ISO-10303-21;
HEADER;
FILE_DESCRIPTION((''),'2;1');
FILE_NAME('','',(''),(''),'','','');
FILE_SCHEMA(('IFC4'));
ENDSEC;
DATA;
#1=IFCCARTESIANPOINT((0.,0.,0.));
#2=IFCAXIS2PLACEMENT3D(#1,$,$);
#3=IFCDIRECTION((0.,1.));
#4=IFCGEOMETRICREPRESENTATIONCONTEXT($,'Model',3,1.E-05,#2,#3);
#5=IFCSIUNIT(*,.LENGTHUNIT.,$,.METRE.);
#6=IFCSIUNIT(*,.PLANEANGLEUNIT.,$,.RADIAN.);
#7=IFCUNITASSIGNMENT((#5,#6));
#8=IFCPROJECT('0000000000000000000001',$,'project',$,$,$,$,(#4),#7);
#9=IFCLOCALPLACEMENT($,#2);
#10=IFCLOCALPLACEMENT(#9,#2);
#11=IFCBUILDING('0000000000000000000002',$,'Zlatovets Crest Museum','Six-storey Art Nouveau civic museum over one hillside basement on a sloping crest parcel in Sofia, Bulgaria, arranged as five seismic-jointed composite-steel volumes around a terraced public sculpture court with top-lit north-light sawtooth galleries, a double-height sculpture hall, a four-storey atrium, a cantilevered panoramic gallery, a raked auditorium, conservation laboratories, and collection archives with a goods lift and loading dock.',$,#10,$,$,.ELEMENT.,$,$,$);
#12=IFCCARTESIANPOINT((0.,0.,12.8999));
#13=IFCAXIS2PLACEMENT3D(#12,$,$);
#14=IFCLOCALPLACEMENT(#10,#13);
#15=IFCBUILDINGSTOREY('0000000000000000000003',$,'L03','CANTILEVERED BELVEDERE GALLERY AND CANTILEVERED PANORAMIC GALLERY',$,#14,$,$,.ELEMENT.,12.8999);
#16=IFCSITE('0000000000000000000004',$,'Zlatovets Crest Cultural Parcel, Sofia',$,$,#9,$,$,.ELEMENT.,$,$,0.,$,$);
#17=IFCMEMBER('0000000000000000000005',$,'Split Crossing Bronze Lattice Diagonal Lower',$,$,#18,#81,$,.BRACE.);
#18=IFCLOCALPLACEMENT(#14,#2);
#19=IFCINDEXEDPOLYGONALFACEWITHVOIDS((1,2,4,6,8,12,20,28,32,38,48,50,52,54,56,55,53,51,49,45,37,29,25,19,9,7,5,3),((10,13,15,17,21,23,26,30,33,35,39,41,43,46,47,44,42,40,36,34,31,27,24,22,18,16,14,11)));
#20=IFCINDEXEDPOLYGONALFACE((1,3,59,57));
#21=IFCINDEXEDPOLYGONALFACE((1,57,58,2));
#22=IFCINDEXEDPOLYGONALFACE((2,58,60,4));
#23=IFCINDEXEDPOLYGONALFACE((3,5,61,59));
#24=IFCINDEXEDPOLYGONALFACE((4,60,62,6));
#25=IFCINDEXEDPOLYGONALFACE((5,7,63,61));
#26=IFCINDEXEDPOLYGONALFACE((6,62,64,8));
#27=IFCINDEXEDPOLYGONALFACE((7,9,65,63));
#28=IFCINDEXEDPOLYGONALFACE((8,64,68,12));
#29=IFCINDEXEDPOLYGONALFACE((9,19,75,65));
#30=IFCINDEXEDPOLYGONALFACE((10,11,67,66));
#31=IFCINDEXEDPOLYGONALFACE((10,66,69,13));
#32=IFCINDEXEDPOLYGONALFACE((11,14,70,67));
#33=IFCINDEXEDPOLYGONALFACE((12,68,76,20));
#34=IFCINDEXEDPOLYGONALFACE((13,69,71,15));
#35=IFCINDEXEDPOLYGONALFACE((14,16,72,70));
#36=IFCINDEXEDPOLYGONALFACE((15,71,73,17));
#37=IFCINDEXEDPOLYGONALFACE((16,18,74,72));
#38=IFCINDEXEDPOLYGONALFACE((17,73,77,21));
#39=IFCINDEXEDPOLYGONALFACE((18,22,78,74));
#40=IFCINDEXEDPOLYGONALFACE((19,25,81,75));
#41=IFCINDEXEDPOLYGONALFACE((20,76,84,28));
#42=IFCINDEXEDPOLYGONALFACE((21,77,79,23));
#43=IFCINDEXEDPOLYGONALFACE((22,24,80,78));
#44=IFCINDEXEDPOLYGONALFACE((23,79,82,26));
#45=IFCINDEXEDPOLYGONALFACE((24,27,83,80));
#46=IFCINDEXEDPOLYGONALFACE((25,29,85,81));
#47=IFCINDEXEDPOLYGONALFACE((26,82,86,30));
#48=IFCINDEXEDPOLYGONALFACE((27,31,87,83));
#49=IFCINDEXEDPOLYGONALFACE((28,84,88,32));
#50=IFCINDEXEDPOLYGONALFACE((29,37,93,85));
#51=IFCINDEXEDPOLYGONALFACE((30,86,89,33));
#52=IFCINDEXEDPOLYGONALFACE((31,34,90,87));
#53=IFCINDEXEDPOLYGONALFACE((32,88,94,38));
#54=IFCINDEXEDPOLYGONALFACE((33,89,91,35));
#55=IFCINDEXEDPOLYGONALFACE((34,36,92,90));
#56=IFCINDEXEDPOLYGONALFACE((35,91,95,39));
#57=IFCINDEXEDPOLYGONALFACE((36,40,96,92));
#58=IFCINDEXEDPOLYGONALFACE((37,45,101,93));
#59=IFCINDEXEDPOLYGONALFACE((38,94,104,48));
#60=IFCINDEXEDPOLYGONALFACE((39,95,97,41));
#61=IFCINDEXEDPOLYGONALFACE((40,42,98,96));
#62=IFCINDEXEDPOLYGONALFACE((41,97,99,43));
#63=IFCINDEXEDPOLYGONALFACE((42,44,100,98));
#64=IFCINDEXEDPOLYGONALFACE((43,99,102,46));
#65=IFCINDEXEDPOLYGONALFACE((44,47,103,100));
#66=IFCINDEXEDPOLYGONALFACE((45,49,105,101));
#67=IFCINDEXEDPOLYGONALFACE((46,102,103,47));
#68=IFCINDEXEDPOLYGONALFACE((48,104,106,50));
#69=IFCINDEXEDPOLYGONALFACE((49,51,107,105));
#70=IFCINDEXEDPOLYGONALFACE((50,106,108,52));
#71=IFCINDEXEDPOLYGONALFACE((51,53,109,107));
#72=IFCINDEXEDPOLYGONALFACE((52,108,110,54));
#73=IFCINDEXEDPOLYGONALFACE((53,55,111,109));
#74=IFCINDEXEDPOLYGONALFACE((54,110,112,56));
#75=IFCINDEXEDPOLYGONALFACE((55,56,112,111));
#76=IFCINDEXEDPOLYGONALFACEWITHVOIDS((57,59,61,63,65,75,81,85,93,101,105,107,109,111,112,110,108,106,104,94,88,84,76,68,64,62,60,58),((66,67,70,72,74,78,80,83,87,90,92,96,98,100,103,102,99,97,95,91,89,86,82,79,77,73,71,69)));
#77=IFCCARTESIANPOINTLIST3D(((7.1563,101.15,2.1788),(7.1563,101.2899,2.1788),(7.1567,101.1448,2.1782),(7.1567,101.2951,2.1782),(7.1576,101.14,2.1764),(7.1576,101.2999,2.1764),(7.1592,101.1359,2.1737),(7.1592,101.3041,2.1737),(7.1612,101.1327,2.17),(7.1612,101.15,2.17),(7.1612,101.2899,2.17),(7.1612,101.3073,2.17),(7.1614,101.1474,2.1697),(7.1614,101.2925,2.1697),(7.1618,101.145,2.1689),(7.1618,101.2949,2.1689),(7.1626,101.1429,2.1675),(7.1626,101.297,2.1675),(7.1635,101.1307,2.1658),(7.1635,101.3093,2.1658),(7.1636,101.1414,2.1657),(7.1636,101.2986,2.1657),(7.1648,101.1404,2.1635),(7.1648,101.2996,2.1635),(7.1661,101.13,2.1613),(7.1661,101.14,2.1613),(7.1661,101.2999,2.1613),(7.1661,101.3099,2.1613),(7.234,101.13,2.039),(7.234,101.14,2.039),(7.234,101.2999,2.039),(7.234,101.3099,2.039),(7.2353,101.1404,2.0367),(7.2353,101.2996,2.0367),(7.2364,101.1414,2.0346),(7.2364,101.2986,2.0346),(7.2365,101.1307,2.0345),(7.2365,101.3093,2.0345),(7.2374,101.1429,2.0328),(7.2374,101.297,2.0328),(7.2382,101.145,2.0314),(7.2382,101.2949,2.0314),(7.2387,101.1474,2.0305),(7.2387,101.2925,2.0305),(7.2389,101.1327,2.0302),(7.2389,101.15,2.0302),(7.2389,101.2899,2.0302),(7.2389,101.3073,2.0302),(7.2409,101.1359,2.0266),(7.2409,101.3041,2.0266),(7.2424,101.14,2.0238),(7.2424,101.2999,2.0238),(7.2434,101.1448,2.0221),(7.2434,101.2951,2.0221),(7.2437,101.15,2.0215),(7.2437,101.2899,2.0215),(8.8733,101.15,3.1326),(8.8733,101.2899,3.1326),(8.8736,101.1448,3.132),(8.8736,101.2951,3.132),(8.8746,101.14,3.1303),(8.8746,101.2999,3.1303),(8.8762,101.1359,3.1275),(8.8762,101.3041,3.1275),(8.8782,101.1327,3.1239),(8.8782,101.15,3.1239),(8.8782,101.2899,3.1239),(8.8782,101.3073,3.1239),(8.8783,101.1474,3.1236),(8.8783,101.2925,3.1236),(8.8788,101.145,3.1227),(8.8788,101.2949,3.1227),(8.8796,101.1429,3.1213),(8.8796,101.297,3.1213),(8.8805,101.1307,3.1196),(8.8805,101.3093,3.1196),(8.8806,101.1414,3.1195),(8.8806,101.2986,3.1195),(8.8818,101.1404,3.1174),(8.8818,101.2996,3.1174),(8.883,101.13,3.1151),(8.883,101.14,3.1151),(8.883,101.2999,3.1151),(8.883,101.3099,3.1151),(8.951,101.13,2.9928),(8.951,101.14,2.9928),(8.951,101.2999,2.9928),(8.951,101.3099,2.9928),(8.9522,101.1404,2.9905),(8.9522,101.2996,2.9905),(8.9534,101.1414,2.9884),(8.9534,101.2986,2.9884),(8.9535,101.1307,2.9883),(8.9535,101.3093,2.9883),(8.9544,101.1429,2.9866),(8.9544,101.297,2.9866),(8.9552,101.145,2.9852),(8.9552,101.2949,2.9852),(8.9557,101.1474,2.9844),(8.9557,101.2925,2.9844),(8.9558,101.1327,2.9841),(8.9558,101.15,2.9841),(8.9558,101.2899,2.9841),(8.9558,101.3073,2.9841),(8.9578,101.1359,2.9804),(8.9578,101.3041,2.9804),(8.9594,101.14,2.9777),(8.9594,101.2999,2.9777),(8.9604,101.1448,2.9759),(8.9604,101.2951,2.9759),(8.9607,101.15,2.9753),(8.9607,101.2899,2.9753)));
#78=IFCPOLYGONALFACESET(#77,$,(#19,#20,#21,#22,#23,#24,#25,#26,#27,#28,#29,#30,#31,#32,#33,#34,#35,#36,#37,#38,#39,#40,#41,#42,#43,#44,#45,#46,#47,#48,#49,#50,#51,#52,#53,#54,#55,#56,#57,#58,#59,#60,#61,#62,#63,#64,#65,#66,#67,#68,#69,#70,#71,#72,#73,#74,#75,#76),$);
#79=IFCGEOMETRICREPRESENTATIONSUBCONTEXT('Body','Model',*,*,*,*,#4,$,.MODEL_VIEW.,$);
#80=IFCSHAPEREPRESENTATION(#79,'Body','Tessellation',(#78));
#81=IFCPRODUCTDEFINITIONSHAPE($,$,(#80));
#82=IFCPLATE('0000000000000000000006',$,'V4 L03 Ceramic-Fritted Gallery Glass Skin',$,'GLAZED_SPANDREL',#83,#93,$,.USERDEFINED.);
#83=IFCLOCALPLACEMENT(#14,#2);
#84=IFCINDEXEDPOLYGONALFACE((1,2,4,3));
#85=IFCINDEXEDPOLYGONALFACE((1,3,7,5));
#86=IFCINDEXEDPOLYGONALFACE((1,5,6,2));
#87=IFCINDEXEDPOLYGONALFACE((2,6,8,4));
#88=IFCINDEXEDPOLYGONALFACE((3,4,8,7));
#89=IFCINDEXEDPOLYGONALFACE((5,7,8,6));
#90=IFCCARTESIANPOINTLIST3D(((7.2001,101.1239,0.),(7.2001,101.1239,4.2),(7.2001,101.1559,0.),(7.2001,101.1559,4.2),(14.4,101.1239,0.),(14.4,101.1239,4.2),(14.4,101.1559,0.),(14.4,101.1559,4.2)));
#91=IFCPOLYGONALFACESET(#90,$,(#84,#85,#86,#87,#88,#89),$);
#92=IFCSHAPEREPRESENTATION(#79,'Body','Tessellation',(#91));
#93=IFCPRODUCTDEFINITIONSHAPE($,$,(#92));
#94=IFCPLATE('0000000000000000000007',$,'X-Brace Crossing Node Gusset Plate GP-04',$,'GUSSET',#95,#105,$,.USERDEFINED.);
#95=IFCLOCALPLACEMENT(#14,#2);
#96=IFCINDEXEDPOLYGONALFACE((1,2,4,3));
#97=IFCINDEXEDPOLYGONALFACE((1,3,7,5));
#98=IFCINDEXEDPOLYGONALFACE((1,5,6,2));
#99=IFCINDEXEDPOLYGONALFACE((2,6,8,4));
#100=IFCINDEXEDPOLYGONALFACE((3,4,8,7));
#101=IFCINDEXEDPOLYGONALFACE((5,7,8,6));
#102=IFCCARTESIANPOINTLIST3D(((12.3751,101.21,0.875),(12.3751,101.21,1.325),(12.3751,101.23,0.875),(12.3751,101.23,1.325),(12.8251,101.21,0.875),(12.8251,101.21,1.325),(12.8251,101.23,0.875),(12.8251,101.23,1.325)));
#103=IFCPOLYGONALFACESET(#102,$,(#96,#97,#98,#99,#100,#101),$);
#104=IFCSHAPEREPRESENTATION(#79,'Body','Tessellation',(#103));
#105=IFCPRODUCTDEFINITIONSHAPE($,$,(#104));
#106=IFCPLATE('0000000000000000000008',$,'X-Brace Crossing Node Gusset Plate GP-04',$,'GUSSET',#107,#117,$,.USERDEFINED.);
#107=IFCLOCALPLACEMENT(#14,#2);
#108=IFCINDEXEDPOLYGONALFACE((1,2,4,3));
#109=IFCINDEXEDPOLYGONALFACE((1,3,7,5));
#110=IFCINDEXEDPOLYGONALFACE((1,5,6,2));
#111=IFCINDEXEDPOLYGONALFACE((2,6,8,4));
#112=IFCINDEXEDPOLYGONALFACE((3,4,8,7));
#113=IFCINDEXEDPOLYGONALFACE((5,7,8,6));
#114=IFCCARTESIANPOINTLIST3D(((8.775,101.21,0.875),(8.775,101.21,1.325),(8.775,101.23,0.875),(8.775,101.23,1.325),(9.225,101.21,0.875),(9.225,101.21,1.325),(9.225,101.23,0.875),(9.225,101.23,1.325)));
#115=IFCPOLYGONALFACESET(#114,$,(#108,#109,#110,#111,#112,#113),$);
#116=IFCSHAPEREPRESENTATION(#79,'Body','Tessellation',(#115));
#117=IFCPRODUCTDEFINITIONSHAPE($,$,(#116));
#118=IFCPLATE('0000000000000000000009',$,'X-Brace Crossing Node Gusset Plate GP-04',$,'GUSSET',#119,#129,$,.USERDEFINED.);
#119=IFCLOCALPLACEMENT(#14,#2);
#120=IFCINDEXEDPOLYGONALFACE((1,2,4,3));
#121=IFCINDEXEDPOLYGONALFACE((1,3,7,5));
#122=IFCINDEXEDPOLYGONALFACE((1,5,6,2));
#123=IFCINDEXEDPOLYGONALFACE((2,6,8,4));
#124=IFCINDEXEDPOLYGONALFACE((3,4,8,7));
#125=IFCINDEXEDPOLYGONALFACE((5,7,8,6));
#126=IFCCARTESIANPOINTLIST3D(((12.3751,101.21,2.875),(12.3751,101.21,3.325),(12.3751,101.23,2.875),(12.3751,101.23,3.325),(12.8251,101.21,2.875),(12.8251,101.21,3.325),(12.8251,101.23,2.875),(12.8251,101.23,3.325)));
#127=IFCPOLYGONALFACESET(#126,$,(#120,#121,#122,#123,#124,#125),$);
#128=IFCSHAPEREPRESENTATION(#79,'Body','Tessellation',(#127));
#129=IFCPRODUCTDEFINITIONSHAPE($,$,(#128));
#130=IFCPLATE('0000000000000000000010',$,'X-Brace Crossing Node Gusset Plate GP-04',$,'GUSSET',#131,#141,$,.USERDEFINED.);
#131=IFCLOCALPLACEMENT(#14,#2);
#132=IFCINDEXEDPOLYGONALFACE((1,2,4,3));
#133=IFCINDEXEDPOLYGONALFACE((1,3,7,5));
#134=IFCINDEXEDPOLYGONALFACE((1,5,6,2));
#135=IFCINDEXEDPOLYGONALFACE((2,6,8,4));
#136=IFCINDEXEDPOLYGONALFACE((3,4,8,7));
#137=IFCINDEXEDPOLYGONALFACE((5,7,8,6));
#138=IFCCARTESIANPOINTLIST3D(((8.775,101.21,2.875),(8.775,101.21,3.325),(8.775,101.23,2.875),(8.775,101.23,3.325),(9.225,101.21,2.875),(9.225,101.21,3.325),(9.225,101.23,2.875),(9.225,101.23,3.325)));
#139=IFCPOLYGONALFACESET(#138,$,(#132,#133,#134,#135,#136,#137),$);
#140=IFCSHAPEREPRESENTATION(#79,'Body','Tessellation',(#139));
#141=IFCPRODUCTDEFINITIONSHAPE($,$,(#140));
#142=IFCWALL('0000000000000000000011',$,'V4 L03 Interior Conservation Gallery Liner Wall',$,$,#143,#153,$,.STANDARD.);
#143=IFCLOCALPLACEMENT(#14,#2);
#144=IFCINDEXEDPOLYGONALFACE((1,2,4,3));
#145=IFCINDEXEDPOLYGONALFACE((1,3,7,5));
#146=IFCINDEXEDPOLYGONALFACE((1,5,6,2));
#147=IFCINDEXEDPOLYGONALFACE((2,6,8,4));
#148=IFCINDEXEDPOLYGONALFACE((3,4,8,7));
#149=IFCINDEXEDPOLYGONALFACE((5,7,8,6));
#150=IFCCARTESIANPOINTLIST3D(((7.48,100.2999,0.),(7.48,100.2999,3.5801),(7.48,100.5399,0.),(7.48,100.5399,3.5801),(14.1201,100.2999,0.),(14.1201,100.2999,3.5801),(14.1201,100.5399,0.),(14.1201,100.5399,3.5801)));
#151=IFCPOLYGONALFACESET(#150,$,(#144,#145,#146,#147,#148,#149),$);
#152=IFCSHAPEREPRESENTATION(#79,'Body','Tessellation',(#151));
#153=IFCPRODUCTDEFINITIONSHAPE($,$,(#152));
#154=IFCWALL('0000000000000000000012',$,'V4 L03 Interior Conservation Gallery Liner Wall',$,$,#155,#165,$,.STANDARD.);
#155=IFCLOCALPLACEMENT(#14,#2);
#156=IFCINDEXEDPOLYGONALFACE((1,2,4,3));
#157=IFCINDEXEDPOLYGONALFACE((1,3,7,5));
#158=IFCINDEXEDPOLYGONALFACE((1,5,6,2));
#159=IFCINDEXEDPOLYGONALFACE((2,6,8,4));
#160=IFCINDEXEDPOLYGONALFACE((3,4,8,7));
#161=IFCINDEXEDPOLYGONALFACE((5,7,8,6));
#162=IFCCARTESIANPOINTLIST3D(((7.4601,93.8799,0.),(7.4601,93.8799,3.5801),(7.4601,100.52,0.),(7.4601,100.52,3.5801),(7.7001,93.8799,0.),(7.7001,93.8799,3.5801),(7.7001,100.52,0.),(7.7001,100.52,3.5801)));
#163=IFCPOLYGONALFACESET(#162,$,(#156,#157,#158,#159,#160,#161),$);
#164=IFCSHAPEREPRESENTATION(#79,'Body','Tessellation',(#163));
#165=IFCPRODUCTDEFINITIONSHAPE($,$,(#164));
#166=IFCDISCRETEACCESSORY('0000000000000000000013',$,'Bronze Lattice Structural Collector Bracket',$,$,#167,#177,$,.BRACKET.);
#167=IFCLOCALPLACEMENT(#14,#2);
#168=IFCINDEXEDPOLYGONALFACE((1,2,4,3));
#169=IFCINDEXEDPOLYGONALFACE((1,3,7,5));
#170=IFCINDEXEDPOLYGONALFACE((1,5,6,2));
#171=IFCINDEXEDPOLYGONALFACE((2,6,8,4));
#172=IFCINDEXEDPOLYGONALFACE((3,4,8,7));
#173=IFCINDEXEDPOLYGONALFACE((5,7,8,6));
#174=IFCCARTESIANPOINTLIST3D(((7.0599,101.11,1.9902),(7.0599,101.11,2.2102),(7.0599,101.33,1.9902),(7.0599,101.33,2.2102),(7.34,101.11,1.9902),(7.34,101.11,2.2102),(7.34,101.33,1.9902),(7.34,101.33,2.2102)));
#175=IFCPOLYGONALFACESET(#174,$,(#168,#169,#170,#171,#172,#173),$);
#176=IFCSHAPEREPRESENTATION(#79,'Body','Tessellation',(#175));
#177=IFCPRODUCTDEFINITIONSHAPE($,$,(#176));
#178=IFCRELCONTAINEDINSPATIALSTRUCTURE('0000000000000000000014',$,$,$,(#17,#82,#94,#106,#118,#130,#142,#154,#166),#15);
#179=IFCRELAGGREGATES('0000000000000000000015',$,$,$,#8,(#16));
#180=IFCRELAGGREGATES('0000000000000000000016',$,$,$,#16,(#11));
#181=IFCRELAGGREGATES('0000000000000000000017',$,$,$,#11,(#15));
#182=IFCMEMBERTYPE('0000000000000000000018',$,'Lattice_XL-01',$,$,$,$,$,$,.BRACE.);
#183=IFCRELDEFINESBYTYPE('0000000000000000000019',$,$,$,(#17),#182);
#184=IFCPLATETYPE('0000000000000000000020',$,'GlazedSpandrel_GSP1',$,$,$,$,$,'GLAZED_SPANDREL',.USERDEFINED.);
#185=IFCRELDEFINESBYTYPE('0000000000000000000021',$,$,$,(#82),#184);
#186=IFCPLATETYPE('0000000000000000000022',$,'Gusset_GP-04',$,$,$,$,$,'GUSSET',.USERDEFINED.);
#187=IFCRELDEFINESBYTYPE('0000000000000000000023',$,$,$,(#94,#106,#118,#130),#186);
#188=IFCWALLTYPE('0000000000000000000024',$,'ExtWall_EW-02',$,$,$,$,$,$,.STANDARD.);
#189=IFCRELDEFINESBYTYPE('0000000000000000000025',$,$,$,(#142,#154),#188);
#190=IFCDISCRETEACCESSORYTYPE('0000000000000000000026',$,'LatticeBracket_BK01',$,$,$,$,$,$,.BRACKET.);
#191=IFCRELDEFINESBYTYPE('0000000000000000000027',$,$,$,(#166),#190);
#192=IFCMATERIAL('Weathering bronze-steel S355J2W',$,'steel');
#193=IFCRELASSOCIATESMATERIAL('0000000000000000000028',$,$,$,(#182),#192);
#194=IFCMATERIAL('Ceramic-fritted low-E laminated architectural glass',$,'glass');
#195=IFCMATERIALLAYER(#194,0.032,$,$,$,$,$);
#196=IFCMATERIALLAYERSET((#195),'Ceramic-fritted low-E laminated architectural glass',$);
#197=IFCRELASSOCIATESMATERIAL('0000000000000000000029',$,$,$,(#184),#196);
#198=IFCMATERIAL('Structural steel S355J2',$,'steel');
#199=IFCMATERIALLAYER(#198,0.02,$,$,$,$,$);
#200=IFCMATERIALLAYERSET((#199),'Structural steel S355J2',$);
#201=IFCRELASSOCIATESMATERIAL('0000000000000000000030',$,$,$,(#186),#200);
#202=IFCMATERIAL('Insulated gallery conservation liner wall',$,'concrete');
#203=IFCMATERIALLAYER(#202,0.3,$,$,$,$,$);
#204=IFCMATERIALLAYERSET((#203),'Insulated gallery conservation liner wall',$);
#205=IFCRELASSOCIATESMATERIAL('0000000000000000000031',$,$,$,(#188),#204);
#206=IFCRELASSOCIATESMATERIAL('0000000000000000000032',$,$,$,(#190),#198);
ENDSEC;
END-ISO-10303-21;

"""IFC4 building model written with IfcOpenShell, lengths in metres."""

from ifc_helpers import new_model, si_unit, direction, frame, frame_2d, origin, origin_2d, place, context, subcontext, project, spatial, rectangle, hollow_rectangle, extrude, material, layer, layer_set, material_profile, profile_set, type_object, element, save


model = new_model("IFC4")

# Units and contexts
model_context = context("Model", 3, precision=1e-05, world=origin(), true_north=direction((0.0, 1.0)))
body_context = subcontext(model_context, "Body", "Model", "MODEL_VIEW")
ifc_project = project(units=[si_unit("LENGTHUNIT", "METRE"), si_unit("PLANEANGLEUNIT", "RADIAN")], contexts=[model_context])

# Site, building, storey
site_placement = place(None, origin())
site = spatial("IfcSite", under=ifc_project, at=site_placement, Name="Zlatovets Crest Cultural Parcel, Sofia", CompositionType="ELEMENT", RefElevation=0.0)
building_placement = place(site_placement, origin())
building = spatial("IfcBuilding", under=site, at=building_placement, Name="Zlatovets Crest Museum", Description="Six-storey Art Nouveau civic museum over one hillside basement on a sloping crest parcel in Sofia, Bulgaria, arranged as five seismic-jointed composite-steel volumes around a terraced public sculpture court with top-lit north-light sawtooth galleries, a double-height sculpture hall, a four-storey atrium, a cantilevered panoramic gallery, a raked auditorium, conservation laboratories, and collection archives with a goods lift and loading dock.", CompositionType="ELEMENT")
storey_placement = place(building_placement, frame((0.0, 0.0, 12.8999)))
storey = spatial("IfcBuildingStorey", under=building, at=storey_placement, Name="L03", Description="CANTILEVERED BELVEDERE GALLERY AND CANTILEVERED PANORAMIC GALLERY", CompositionType="ELEMENT", Elevation=12.8999)

# Shared definitions
ifc_material_1 = material(Name="Structural steel S355J2", Category="steel")

# Member
ifc_material_2 = material(Name="Weathering bronze-steel S355J2W", Category="steel")
ifc_material_profile_1 = material_profile(ifc_material_2, hollow_rectangle(XDim=0.1799, YDim=0.1799, WallThickness=0.01, InnerFilletRadius=0.01, OuterFilletRadius=0.02, at=origin_2d()), Name="SHS 180x180x10.0")
ifc_profile_set_1 = profile_set([ifc_material_profile_1], Name="Weathering bronze-steel S355J2W")
member_type = type_object("IfcMemberType", Name="Lattice_XL-01", PredefinedType="BRACE", material=ifc_profile_set_1)
for number, where, z_axis, x_axis, name in (
    (1, (8.917, 101.22, 3.054), (-0.874169, 0.0, -0.485622), (0.0, -1.0, 0.0), "Split Crossing Bronze Lattice Diagonal Lower"),
):
    element("IfcMember", number, at=place(storey_placement, frame(where, z_axis=z_axis, x_axis=x_axis)), inside=storey, type_object=member_type, Name=name, PredefinedType="BRACE", context=body_context, shape_type="SweptSolid", body=[
        extrude(hollow_rectangle(XDim=0.1799, YDim=0.1799, WallThickness=0.01, InnerFilletRadius=0.01, OuterFilletRadius=0.02, at=origin_2d()), origin(), (0.0, 0.0, 1.0), 1.9641),
    ])

# Plates
ifc_material_3 = material(Name="Ceramic-fritted low-E laminated architectural glass", Category="glass")
ifc_layer_1 = layer(ifc_material_3, 0.032)
ifc_layer_set_1 = layer_set([ifc_layer_1], Name="Ceramic-fritted low-E laminated architectural glass")
plate_type_1 = type_object("IfcPlateType", Name="GlazedSpandrel_GSP1", ElementType="GLAZED_SPANDREL", PredefinedType="USERDEFINED", material=ifc_layer_set_1)
plate_placement = place(storey_placement, frame((10.8, 101.1399, 0.0), z_axis=(0.0, 0.0, 1.0), x_axis=(1.0, 0.0, 0.0)))
element("IfcPlate", 2, at=plate_placement, inside=storey, type_object=plate_type_1, Name="V4 L03 Ceramic-Fritted Gallery Glass Skin", ObjectType="GLAZED_SPANDREL", PredefinedType="USERDEFINED", context=body_context, shape_type="SweptSolid", body=[
    extrude(rectangle(XDim=7.2, YDim=0.032, at=origin_2d()), origin(), (0.0, 0.0, 1.0), 4.2),
])
ifc_layer_2 = layer(ifc_material_1, 0.02)
ifc_layer_set_2 = layer_set([ifc_layer_2], Name="Structural steel S355J2")
plate_type_2 = type_object("IfcPlateType", Name="Gusset_GP-04", ElementType="GUSSET", PredefinedType="USERDEFINED", material=ifc_layer_set_2)
for number, where, z_axis, x_axis, name in (
    (3, (12.6001, 101.22, 0.875), (0.0, 0.0, 1.0), (1.0, 0.0, 0.0), "X-Brace Crossing Node Gusset Plate GP-04"),
    (4, (9.0, 101.22, 0.875), (0.0, 0.0, 1.0), (1.0, 0.0, 0.0), "X-Brace Crossing Node Gusset Plate GP-04"),
    (5, (12.6001, 101.22, 2.875), (0.0, 0.0, 1.0), (1.0, 0.0, 0.0), "X-Brace Crossing Node Gusset Plate GP-04"),
    (6, (9.0, 101.22, 2.875), (0.0, 0.0, 1.0), (1.0, 0.0, 0.0), "X-Brace Crossing Node Gusset Plate GP-04"),
):
    element("IfcPlate", number, at=place(storey_placement, frame(where, z_axis=z_axis, x_axis=x_axis)), inside=storey, type_object=plate_type_2, Name=name, ObjectType="GUSSET", PredefinedType="USERDEFINED", context=body_context, shape_type="SweptSolid", body=[
        extrude(rectangle(XDim=0.45, YDim=0.02, at=origin_2d()), origin(), (0.0, 0.0, 1.0), 0.45),
    ])

# Walls
ifc_material_4 = material(Name="Insulated gallery conservation liner wall", Category="concrete")
ifc_layer_3 = layer(ifc_material_4, 0.3)
ifc_layer_set_3 = layer_set([ifc_layer_3], Name="Insulated gallery conservation liner wall")
wall_type = type_object("IfcWallType", Name="ExtWall_EW-02", PredefinedType="STANDARD", material=ifc_layer_set_3)
for number, where, z_axis, x_axis, name in (
    (7, (14.1201, 100.4199, 0.0), (0.0, 0.0, 1.0), (-1.0, 0.0, 0.0), "V4 L03 Interior Conservation Gallery Liner Wall"),
    (8, (7.5801, 100.52, 0.0), (0.0, 0.0, 1.0), (0.0, -1.0, 0.0), "V4 L03 Interior Conservation Gallery Liner Wall"),
):
    element("IfcWall", number, at=place(storey_placement, frame(where, z_axis=z_axis, x_axis=x_axis)), inside=storey, type_object=wall_type, Name=name, PredefinedType="STANDARD", context=body_context, shape_type="SweptSolid", body=[
        extrude(rectangle(XDim=6.6401, YDim=0.24, at=frame_2d((3.3201, 0.0))), origin(), (0.0, 0.0, 1.0), 3.5801),
    ])

# Discrete accessory
discrete_accessory_type = type_object("IfcDiscreteAccessoryType", Name="LatticeBracket_BK01", PredefinedType="BRACKET", material=ifc_material_1)
discrete_accessory_placement = place(storey_placement, frame((7.2, 101.22, 1.9902), z_axis=(0.0, 0.0, 1.0), x_axis=(1.0, 0.0, 0.0)))
element("IfcDiscreteAccessory", 9, at=discrete_accessory_placement, inside=storey, type_object=discrete_accessory_type, Name="Bronze Lattice Structural Collector Bracket", PredefinedType="BRACKET", context=body_context, shape_type="SweptSolid", body=[
    extrude(rectangle(XDim=0.28, YDim=0.22, at=origin_2d()), origin(), (0.0, 0.0, 1.0), 0.22),
])

save(model, "model.ifc")
